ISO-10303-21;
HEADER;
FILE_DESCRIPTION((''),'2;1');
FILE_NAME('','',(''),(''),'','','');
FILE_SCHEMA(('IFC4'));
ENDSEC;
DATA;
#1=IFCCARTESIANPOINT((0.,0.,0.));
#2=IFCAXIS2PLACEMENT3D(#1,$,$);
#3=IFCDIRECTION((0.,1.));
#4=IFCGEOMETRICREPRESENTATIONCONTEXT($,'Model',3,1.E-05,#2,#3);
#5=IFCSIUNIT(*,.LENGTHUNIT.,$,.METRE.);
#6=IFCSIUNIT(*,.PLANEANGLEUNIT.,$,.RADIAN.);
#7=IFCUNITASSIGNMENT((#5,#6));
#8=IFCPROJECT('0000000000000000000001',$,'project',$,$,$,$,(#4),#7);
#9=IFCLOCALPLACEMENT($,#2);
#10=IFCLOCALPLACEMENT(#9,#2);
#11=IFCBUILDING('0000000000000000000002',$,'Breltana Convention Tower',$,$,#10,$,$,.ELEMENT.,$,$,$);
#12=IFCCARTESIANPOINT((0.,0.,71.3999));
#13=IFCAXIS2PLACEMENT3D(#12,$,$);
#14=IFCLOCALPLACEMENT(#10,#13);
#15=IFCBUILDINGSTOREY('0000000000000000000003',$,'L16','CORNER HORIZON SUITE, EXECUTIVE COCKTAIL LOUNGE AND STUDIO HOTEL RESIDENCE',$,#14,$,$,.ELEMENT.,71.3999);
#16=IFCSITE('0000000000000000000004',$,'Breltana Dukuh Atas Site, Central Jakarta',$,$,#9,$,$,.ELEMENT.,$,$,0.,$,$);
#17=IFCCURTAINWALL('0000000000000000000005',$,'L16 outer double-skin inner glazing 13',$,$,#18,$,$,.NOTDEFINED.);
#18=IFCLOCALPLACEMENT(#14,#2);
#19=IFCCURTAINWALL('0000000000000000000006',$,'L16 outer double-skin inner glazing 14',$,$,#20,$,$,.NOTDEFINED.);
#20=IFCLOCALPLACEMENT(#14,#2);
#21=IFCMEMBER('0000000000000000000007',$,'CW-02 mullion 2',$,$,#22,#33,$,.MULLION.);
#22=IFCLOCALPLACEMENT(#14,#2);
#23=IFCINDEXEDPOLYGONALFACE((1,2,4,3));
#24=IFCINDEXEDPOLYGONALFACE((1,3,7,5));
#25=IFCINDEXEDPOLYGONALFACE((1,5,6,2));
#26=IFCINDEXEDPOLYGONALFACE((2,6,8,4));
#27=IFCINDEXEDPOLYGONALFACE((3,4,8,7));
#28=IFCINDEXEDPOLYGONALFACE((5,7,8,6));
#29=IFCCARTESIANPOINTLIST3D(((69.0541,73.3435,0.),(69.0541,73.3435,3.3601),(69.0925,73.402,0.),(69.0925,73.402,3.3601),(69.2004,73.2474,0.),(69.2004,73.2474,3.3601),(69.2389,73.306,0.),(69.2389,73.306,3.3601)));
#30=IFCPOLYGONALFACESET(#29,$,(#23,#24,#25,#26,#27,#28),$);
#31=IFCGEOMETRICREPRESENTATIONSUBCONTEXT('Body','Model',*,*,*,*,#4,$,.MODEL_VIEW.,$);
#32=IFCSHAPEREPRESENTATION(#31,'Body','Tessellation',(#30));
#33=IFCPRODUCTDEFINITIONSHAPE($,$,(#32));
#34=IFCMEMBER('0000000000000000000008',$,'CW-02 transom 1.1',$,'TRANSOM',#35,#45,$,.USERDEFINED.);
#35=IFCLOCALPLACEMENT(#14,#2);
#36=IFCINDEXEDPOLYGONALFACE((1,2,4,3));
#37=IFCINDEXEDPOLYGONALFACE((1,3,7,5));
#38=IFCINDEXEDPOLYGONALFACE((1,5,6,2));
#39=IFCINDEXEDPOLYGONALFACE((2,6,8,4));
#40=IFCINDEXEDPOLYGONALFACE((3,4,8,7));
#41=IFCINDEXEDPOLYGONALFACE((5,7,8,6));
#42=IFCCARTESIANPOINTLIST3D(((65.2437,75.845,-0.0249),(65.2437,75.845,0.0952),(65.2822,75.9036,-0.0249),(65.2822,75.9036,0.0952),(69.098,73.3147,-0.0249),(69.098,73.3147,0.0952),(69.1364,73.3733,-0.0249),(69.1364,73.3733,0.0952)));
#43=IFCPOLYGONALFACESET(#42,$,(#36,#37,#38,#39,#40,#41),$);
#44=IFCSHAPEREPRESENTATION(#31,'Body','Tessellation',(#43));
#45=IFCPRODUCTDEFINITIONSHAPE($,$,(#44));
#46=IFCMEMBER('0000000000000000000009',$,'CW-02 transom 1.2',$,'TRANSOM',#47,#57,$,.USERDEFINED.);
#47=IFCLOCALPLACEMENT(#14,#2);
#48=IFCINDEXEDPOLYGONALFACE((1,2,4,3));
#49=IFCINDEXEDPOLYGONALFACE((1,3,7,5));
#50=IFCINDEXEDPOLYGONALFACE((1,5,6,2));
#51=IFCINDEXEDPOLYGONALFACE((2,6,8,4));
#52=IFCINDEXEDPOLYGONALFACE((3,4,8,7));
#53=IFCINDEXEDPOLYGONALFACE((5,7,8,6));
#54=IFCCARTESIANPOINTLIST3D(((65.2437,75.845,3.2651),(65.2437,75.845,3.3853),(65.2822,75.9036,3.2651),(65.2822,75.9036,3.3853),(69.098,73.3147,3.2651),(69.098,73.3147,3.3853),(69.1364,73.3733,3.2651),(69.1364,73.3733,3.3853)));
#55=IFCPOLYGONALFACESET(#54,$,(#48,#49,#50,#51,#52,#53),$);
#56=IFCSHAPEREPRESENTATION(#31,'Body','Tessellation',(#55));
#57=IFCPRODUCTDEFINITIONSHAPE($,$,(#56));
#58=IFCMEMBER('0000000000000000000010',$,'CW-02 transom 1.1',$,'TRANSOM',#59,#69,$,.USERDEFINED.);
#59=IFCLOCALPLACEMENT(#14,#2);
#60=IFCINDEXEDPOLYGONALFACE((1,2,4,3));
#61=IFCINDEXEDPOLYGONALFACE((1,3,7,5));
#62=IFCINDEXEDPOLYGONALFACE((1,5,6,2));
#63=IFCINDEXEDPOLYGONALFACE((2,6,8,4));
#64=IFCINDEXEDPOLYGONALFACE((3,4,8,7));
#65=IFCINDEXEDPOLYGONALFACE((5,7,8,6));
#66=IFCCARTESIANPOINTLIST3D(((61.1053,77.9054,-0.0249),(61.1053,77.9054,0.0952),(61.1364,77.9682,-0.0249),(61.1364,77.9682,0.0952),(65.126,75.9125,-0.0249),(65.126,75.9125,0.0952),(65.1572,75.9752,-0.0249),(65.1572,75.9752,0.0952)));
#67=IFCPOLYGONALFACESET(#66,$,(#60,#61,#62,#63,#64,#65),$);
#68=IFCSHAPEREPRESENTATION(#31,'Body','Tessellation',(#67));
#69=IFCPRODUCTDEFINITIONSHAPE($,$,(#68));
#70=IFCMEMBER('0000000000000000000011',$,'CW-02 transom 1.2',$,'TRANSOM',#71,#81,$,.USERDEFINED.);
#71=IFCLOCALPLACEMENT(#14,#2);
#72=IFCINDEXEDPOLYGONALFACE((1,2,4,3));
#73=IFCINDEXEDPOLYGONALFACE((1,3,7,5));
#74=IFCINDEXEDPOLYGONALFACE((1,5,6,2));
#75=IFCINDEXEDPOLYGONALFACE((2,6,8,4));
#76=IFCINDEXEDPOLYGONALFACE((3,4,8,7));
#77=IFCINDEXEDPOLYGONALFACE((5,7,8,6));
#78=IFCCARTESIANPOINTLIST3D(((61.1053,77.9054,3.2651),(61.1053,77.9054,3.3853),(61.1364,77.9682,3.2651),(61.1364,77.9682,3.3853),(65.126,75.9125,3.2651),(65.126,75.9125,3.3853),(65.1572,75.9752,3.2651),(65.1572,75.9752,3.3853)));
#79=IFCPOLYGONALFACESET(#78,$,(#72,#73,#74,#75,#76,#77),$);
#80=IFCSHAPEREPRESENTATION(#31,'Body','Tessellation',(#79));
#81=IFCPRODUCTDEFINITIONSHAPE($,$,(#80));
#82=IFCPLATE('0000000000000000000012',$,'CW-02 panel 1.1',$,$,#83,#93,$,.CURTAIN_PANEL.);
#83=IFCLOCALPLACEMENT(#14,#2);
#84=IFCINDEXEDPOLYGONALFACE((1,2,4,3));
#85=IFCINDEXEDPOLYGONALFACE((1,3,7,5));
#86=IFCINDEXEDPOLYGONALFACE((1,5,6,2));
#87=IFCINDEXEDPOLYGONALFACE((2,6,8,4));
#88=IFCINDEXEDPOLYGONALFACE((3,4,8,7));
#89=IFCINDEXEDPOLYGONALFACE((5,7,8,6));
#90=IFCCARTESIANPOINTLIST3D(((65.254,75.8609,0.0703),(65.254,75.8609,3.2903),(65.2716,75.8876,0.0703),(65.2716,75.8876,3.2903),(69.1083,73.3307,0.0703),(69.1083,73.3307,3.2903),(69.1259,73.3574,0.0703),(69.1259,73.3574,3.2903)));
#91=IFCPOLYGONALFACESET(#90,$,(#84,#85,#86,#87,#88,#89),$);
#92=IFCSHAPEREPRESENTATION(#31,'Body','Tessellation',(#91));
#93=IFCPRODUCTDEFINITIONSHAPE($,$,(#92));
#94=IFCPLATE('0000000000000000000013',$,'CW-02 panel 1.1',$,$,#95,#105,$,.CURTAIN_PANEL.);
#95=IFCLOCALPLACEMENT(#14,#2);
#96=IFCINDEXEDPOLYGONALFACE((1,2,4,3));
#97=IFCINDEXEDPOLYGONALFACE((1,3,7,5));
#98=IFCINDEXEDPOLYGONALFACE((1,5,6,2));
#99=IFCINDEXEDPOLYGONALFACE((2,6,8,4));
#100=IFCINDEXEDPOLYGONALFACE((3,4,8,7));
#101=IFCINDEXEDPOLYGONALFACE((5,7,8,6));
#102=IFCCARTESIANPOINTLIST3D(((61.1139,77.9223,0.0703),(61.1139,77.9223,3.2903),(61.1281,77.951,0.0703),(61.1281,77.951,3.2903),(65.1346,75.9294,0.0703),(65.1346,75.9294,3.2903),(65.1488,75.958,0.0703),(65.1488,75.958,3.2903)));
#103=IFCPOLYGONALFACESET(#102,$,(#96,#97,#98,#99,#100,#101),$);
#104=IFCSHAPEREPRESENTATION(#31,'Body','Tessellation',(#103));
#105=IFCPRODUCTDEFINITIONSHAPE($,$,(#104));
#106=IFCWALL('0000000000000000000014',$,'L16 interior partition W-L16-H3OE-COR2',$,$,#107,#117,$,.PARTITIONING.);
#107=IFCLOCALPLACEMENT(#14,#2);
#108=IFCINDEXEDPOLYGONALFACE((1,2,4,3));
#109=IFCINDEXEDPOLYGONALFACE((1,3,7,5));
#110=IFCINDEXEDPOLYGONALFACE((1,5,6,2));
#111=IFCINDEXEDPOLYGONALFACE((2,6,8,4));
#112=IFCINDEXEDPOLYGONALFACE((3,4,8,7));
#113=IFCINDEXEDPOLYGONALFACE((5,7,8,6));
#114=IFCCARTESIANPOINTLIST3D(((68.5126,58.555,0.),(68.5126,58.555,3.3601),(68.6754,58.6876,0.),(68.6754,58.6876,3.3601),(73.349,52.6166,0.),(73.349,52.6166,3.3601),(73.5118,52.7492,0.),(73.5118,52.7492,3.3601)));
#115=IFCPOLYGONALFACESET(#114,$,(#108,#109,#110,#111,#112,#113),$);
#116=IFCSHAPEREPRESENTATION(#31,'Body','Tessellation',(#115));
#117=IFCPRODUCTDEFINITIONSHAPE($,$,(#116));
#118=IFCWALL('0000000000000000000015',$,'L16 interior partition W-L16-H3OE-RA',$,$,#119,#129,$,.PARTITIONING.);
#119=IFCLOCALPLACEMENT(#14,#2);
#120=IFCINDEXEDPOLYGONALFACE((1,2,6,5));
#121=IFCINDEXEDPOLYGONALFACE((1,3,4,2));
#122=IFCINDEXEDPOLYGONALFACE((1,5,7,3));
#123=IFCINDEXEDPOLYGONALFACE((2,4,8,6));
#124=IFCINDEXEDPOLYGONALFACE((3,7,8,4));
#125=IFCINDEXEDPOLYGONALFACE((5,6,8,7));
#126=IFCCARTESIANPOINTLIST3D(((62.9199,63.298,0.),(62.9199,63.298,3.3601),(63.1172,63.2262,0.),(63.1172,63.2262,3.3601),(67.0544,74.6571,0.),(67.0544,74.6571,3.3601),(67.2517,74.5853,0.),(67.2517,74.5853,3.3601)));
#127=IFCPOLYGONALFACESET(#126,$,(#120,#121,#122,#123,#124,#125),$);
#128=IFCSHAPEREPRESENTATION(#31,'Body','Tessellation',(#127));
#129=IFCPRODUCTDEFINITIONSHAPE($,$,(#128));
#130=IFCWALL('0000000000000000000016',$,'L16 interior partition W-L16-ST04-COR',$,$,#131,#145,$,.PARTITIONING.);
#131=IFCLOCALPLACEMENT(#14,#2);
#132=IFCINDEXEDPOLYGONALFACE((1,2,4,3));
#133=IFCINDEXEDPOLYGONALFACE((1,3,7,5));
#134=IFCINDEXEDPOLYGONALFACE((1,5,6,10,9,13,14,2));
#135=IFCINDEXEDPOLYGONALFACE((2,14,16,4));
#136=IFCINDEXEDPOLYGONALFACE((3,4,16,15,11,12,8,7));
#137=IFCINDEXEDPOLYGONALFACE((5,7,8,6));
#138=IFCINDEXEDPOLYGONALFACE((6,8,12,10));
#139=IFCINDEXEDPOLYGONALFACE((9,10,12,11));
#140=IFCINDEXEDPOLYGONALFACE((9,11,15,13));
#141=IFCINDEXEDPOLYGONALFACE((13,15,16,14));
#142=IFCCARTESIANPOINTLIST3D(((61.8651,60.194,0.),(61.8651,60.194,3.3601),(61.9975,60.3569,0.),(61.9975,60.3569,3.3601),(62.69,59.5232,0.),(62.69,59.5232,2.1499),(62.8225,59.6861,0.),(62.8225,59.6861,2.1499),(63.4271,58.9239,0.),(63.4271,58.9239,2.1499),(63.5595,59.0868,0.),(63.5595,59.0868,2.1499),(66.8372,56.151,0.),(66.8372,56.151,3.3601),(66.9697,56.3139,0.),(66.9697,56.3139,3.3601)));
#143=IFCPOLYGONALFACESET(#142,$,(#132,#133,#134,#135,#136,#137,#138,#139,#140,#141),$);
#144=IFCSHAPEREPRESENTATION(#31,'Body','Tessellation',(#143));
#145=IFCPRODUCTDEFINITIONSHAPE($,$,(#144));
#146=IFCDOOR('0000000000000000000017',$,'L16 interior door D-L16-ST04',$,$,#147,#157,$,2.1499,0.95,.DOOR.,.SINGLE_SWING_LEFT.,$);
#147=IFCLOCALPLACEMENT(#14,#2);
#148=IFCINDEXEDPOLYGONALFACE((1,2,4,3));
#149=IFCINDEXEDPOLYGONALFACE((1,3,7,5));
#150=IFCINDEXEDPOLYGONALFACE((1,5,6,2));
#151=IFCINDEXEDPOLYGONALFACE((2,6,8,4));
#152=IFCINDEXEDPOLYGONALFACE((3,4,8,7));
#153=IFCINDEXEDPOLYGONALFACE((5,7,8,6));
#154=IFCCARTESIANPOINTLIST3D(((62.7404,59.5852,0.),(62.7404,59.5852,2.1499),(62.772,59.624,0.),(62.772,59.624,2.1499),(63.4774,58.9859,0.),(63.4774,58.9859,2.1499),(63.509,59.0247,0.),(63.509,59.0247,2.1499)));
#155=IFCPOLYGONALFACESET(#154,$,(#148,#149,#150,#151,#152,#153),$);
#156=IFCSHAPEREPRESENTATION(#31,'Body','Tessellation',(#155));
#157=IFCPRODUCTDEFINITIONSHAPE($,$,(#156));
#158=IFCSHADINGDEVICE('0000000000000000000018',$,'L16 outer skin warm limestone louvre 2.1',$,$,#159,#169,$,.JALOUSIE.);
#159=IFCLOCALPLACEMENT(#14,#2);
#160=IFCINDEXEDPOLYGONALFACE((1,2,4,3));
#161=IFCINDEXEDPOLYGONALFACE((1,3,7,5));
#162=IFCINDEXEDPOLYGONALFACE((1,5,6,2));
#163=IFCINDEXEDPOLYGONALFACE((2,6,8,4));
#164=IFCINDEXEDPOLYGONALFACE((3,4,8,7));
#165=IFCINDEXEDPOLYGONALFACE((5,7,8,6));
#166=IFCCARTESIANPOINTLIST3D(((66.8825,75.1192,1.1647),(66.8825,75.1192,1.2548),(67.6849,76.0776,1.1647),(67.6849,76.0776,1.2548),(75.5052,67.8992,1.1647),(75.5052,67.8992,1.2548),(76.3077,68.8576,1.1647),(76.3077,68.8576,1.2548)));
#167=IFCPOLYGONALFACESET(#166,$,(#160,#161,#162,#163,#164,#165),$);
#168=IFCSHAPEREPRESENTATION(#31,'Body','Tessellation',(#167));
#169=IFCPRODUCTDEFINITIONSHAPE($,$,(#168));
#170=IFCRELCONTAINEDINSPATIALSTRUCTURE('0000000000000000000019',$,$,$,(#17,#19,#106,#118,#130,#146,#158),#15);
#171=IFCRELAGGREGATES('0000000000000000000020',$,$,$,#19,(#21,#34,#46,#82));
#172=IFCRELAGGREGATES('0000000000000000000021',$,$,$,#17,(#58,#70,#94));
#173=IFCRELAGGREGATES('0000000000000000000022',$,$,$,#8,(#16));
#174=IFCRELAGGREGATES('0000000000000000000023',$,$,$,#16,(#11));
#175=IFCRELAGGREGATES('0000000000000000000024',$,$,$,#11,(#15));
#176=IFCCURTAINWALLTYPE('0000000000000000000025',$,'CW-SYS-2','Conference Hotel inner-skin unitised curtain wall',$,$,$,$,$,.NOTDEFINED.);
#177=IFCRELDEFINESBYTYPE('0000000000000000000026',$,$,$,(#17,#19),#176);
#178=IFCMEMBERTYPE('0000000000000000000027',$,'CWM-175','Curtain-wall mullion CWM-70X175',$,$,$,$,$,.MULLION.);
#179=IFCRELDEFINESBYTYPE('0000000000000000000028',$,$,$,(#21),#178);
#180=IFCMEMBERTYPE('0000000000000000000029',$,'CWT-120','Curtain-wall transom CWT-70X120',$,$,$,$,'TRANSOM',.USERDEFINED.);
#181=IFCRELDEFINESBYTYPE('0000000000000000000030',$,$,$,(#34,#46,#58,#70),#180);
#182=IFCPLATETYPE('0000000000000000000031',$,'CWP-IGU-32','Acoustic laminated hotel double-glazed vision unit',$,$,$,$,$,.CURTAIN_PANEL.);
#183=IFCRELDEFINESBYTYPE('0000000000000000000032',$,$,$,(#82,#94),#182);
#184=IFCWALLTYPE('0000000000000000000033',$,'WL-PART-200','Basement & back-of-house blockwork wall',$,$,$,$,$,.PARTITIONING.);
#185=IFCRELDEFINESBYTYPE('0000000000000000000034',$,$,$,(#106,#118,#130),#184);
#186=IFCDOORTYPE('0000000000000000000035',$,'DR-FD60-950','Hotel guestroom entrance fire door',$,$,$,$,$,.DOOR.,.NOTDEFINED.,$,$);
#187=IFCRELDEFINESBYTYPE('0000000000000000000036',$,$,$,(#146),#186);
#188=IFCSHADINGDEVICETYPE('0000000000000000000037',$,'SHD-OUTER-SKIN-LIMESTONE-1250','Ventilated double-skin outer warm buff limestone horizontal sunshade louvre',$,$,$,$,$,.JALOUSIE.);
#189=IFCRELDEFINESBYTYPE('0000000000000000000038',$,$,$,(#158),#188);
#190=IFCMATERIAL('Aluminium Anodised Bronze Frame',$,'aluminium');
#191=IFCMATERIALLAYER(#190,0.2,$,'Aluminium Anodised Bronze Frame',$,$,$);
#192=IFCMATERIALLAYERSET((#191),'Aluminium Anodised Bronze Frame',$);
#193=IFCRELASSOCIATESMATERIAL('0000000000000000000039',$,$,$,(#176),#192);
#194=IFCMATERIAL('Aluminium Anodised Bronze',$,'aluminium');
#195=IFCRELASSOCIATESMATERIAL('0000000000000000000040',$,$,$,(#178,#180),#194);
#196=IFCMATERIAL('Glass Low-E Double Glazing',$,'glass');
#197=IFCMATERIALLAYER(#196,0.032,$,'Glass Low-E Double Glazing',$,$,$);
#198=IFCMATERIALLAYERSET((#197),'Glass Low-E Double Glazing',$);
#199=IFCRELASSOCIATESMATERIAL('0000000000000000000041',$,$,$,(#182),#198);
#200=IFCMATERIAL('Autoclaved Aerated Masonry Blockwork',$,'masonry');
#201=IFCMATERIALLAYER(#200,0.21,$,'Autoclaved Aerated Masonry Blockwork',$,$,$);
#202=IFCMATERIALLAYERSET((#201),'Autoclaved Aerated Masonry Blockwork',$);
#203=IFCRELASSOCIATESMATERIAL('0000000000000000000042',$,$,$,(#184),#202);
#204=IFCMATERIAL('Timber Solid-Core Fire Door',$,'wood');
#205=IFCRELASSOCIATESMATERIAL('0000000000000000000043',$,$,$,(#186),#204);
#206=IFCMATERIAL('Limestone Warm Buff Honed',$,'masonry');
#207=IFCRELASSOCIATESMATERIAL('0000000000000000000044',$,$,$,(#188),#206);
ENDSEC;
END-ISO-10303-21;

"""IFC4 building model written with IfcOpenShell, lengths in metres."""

from ifc_helpers import new_model, si_unit, direction, frame, frame_2d, origin, origin_2d, place, context, subcontext, project, spatial, rectangle, extrude, source, transform, mapped, material, layer, layer_set, material_profile, profile_set, type_object, type_shapes, element, fill, aggregate, save


model = new_model("IFC4")

# Units and contexts
model_context = context("Model", 3, precision=1e-05, world=origin(), true_north=direction((0.0, 1.0)))
body_context = subcontext(model_context, "Body", "Model", "MODEL_VIEW")
ifc_project = project(units=[si_unit("LENGTHUNIT", "METRE"), si_unit("PLANEANGLEUNIT", "RADIAN")], contexts=[model_context])

# Site, building, storey
site_placement = place(None, origin())
site = spatial("IfcSite", under=ifc_project, at=site_placement, Name="Breltana Dukuh Atas Site, Central Jakarta", CompositionType="ELEMENT", RefElevation=0.0)
building_placement = place(site_placement, origin())
building = spatial("IfcBuilding", under=site, at=building_placement, Name="Breltana Convention Tower", CompositionType="ELEMENT")
storey_placement = place(building_placement, frame((0.0, 0.0, 71.3999)))
storey = spatial("IfcBuildingStorey", under=building, at=storey_placement, Name="L16", Description="CORNER HORIZON SUITE, EXECUTIVE COCKTAIL LOUNGE AND STUDIO HOTEL RESIDENCE", CompositionType="ELEMENT", Elevation=71.3999)

# Curtain walls, members
ifc_material_1 = material(Name="Aluminium Anodised Bronze Frame", Category="aluminium")
ifc_layer_1 = layer(ifc_material_1, 0.2, Name="Aluminium Anodised Bronze Frame")
ifc_layer_set_1 = layer_set([ifc_layer_1], Name="Aluminium Anodised Bronze Frame")
curtain_wall_type = type_object("IfcCurtainWallType", Name="CW-SYS-2", Description="Conference Hotel inner-skin unitised curtain wall", PredefinedType="NOTDEFINED", material=ifc_layer_set_1)
curtain_wall_1_placement = place(storey_placement, origin())
curtain_wall_1 = element("IfcCurtainWall", 1, at=curtain_wall_1_placement, inside=storey, type_object=curtain_wall_type, Name="L16 outer double-skin inner glazing 13", PredefinedType="NOTDEFINED")
ifc_material_2 = material(Name="Aluminium Anodised Bronze", Category="aluminium")
ifc_material_profile_1 = material_profile(ifc_material_2, rectangle(XDim=0.0701, YDim=0.175, at=origin_2d()), Name="CWM-70X175")
ifc_profile_set_1 = profile_set([ifc_material_profile_1], Name="Aluminium Anodised Bronze")
member_type_1 = type_object("IfcMemberType", Name="CWM-175", Description="Curtain-wall mullion CWM-70X175", PredefinedType="MULLION", material=ifc_profile_set_1)
shared_shape_1 = source(origin(), body_context, "Body", "SweptSolid", [
    extrude(rectangle(XDim=0.0701, YDim=0.175, at=origin_2d()), origin(), (0.0, 0.0, 1.0), 3.3601),
])
type_shapes(member_type_1, [shared_shape_1])
curtain_wall_2_placement = place(storey_placement, origin())
curtain_wall_2 = element("IfcCurtainWall", 2, at=curtain_wall_2_placement, inside=storey, type_object=curtain_wall_type, Name="L16 outer double-skin inner glazing 14", PredefinedType="NOTDEFINED")
member_1_placement = place(storey_placement, frame((69.1465, 73.3247, 0.0), z_axis=(0.0, 0.0, 1.0), x_axis=(0.548784, 0.835964, 0.0)))
member_1 = element("IfcMember", 3, at=member_1_placement, type_object=member_type_1, Name="CW-02 mullion 2", PredefinedType="MULLION", context=body_context, shape_type="MappedRepresentation", body=[
    mapped(shared_shape_1, transform((0.0, 0.0, 0.0), scale=1.0)),
])
ifc_material_profile_2 = material_profile(ifc_material_2, rectangle(XDim=0.0701, YDim=0.1201, at=origin_2d()), Name="CWT-70X120")
ifc_profile_set_2 = profile_set([ifc_material_profile_2], Name="Aluminium Anodised Bronze")
member_type_2 = type_object("IfcMemberType", Name="CWT-120", Description="Curtain-wall transom CWT-70X120", ElementType="TRANSOM", PredefinedType="USERDEFINED", material=ifc_profile_set_2)
shared_shape_2 = source(origin(), body_context, "Body", "SweptSolid", [
    extrude(rectangle(XDim=0.0701, YDim=0.1201, at=origin_2d()), origin(), (0.0, 0.0, 1.0), 4.6106),
])
member_2_placement = place(storey_placement, frame((65.2629, 75.8743, 0.0352), z_axis=(0.835956, -0.548796, 0.0), x_axis=(0.548796, 0.835956, 0.0)))
member_2 = element("IfcMember", 4, at=member_2_placement, type_object=member_type_2, Name="CW-02 transom 1.1", ObjectType="TRANSOM", PredefinedType="USERDEFINED", context=body_context, shape_type="MappedRepresentation", body=[
    mapped(shared_shape_2, transform((0.0, 0.0, 0.0), scale=1.0)),
])
member_3_placement = place(storey_placement, frame((65.2629, 75.8743, 3.3252), z_axis=(0.835956, -0.548796, 0.0), x_axis=(0.548796, 0.835956, 0.0)))
member_3 = element("IfcMember", 5, at=member_3_placement, type_object=member_type_2, Name="CW-02 transom 1.2", ObjectType="TRANSOM", PredefinedType="USERDEFINED", context=body_context, shape_type="MappedRepresentation", body=[
    mapped(shared_shape_2, transform((0.0, 0.0, 0.0), scale=1.0)),
])

# Members
shared_shape_3 = source(origin(), body_context, "Body", "SweptSolid", [
    extrude(rectangle(XDim=0.0701, YDim=0.1201, at=origin_2d()), origin(), (0.0, 0.0, 1.0), 4.4875),
])
member_4_placement = place(storey_placement, frame((61.1208, 77.9368, 0.0352), z_axis=(0.895978, -0.444099, 0.0), x_axis=(0.444099, 0.895978, 0.0)))
member_4 = element("IfcMember", 6, at=member_4_placement, type_object=member_type_2, Name="CW-02 transom 1.1", ObjectType="TRANSOM", PredefinedType="USERDEFINED", context=body_context, shape_type="MappedRepresentation", body=[
    mapped(shared_shape_3, transform((0.0, 0.0, 0.0), scale=1.0)),
])
member_5_placement = place(storey_placement, frame((61.1208, 77.9368, 3.3252), z_axis=(0.895978, -0.444099, 0.0), x_axis=(0.444099, 0.895978, 0.0)))
member_5 = element("IfcMember", 7, at=member_5_placement, type_object=member_type_2, Name="CW-02 transom 1.2", ObjectType="TRANSOM", PredefinedType="USERDEFINED", context=body_context, shape_type="MappedRepresentation", body=[
    mapped(shared_shape_3, transform((0.0, 0.0, 0.0), scale=1.0)),
])

# Plates
ifc_material_3 = material(Name="Glass Low-E Double Glazing", Category="glass")
ifc_layer_2 = layer(ifc_material_3, 0.032, Name="Glass Low-E Double Glazing")
ifc_layer_set_2 = layer_set([ifc_layer_2], Name="Glass Low-E Double Glazing")
plate_type = type_object("IfcPlateType", Name="CWP-IGU-32", Description="Acoustic laminated hotel double-glazed vision unit", PredefinedType="CURTAIN_PANEL", material=ifc_layer_set_2)
shared_shape_4 = source(origin(), body_context, "Body", "SweptSolid", [
    extrude(rectangle(XDim=4.6106, YDim=0.032, at=origin_2d()), origin(), (0.0, 0.0, 1.0), 3.22),
])
plate_1_placement = place(storey_placement, frame((67.1899, 74.6091, 0.0703), z_axis=(0.0, 0.0, 1.0), x_axis=(0.835964, -0.548784, 0.0)))
plate_1 = element("IfcPlate", 8, at=plate_1_placement, type_object=plate_type, Name="CW-02 panel 1.1", PredefinedType="CURTAIN_PANEL", context=body_context, shape_type="MappedRepresentation", body=[
    mapped(shared_shape_4, transform((0.0, 0.0, 0.0), scale=1.0)),
])
aggregate(curtain_wall_2, [member_1, member_2, member_3, plate_1])
shared_shape_5 = source(origin(), body_context, "Body", "SweptSolid", [
    extrude(rectangle(XDim=4.4875, YDim=0.032, at=origin_2d()), origin(), (0.0, 0.0, 1.0), 3.22),
])
plate_2_placement = place(storey_placement, frame((63.1313, 76.9402, 0.0703), z_axis=(0.0, 0.0, 1.0), x_axis=(0.895973, -0.444108, 0.0)))
plate_2 = element("IfcPlate", 9, at=plate_2_placement, type_object=plate_type, Name="CW-02 panel 1.1", PredefinedType="CURTAIN_PANEL", context=body_context, shape_type="MappedRepresentation", body=[
    mapped(shared_shape_5, transform((0.0, 0.0, 0.0), scale=1.0)),
])
aggregate(curtain_wall_1, [member_4, member_5, plate_2])

# Shared definitions
ifc_material_4 = material(Name="Autoclaved Aerated Masonry Blockwork", Category="masonry")
ifc_layer_3 = layer(ifc_material_4, 0.21, Name="Autoclaved Aerated Masonry Blockwork")
ifc_layer_set_3 = layer_set([ifc_layer_3], Name="Autoclaved Aerated Masonry Blockwork")
wall_type = type_object("IfcWallType", Name="WL-PART-200", Description="Basement & back-of-house blockwork wall", PredefinedType="PARTITIONING", material=ifc_layer_set_3)

# Walls
shared_shape_6 = source(origin(), body_context, "Body", "SweptSolid", [
    extrude(rectangle(XDim=7.6587, YDim=0.21, at=frame_2d((3.8293, 0.0))), origin(), (0.0, 0.0, 1.0), 3.3601),
])
wall_1_placement = place(storey_placement, frame((68.594, 58.6213, 0.0), z_axis=(0.0, 0.0, 1.0), x_axis=(0.63149, -0.775384, 0.0)))
element("IfcWall", 10, at=wall_1_placement, inside=storey, type_object=wall_type, Name="L16 interior partition W-L16-H3OE-COR2", PredefinedType="PARTITIONING", context=body_context, shape_type="MappedRepresentation", body=[
    mapped(shared_shape_6, transform((0.0, 0.0, 0.0), scale=1.0)),
])
shared_shape_7 = source(origin(), body_context, "Body", "SweptSolid", [
    extrude(rectangle(XDim=12.0881, YDim=0.21, at=frame_2d((6.0439, 0.0))), origin(), (0.0, 0.0, 1.0), 3.3601),
])
wall_2_placement = place(storey_placement, frame((63.0186, 63.2622, 0.0), z_axis=(0.0, 0.0, 1.0), x_axis=(0.34203, 0.939689, 0.0)))
element("IfcWall", 11, at=wall_2_placement, inside=storey, type_object=wall_type, Name="L16 interior partition W-L16-H3OE-RA", PredefinedType="PARTITIONING", context=body_context, shape_type="MappedRepresentation", body=[
    mapped(shared_shape_7, transform((0.0, 0.0, 0.0), scale=1.0)),
])

# Wall, opening, door
shared_shape_8 = source(origin(), body_context, "Body", "SweptSolid", [
    extrude(rectangle(XDim=6.4084, YDim=0.21, at=frame_2d((3.2041, 0.0))), origin(), (0.0, 0.0, 1.0), 3.3601),
])
wall_3_placement = place(storey_placement, frame((61.9314, 60.2754, 0.0), z_axis=(0.0, 0.0, 1.0), x_axis=(0.775879, -0.630882, 0.0)))
wall_3 = element("IfcWall", 12, at=wall_3_placement, inside=storey, type_object=wall_type, Name="L16 interior partition W-L16-ST04-COR", PredefinedType="PARTITIONING", context=body_context, shape_type="MappedRepresentation", body=[
    mapped(shared_shape_8, transform((0.0, 0.0, 0.0), scale=1.0)),
])
opening_1_placement = place(wall_3_placement, frame((1.063, 0.0, 0.0)))
opening_1 = element("IfcOpeningElement", 13, at=opening_1_placement, cuts=wall_3, PredefinedType="OPENING", context=body_context, shape_type="SweptSolid", body=[
    extrude(rectangle(XDim=0.95, YDim=2.1499, at=frame_2d((0.4751, 1.075))), frame((0.0, 0.115, 0.0), z_axis=(0.0, -1.0, 0.0), x_axis=(1.0, 0.0, 0.0)), (0.0, 0.0, 1.0), 0.23),
])
ifc_material_5 = material(Name="Timber Solid-Core Fire Door", Category="wood")
door_type_1 = type_object("IfcDoorType", Name="DR-FD60-950", Description="Hotel guestroom entrance fire door", OperationType="NOTDEFINED", PredefinedType="DOOR", material=ifc_material_5)
shared_shape_9 = source(origin(), body_context, "Body", "SweptSolid", [
    extrude(rectangle(XDim=0.95, YDim=2.1499, at=frame_2d((0.4751, 1.075))), frame((0.0, 0.0249, 0.0), z_axis=(0.0, -1.0, 0.0), x_axis=(1.0, 0.0, 0.0)), (0.0, 0.0, 1.0), 0.05),
])
type_shapes(door_type_1, [shared_shape_9])
door_1_placement = place(opening_1_placement, origin())
door_1 = element("IfcDoor", 14, at=door_1_placement, inside=storey, type_object=door_type_1, Name="L16 interior door D-L16-ST04", OperationType="SINGLE_SWING_LEFT", OverallHeight=2.1499, OverallWidth=0.95, PredefinedType="DOOR", context=body_context, shape_type="MappedRepresentation", body=[
    mapped(shared_shape_9, transform((0.0, 0.0, 0.0), scale=1.0)),
])
fill(opening_1, door_1)

# Shading device
ifc_material_6 = material(Name="Limestone Warm Buff Honed", Category="masonry")
ifc_material_profile_3 = material_profile(ifc_material_6, rectangle(XDim=1.25, YDim=0.0901, at=origin_2d()), Name="STN-LVR-1250X90")
ifc_profile_set_3 = profile_set([ifc_material_profile_3], Name="Limestone Warm Buff Honed")
shading_device_type = type_object("IfcShadingDeviceType", Name="SHD-OUTER-SKIN-LIMESTONE-1250", Description="Ventilated double-skin outer warm buff limestone horizontal sunshade louvre", PredefinedType="JALOUSIE", material=ifc_profile_set_3)
shared_shape_10 = source(origin(), body_context, "Body", "SweptSolid", [
    extrude(rectangle(XDim=1.25, YDim=0.0901, at=origin_2d()), origin(), (0.0, 0.0, 1.0), 11.2463),
])
for number, where, z_axis, x_axis, name in (
    (15, (67.2837, 75.5984, 1.2097), (0.766719, -0.641983, 0.0), (0.641983, 0.766719, 0.0), "L16 outer skin warm limestone louvre 2.1"),
):
    element("IfcShadingDevice", number, at=place(storey_placement, frame(where, z_axis=z_axis, x_axis=x_axis)), inside=storey, type_object=shading_device_type, Name=name, PredefinedType="JALOUSIE", context=body_context, shape_type="MappedRepresentation", body=[
        mapped(shared_shape_10, transform((0.0, 0.0, 0.0), scale=1.0)),
    ])

save(model, "model.ifc")
